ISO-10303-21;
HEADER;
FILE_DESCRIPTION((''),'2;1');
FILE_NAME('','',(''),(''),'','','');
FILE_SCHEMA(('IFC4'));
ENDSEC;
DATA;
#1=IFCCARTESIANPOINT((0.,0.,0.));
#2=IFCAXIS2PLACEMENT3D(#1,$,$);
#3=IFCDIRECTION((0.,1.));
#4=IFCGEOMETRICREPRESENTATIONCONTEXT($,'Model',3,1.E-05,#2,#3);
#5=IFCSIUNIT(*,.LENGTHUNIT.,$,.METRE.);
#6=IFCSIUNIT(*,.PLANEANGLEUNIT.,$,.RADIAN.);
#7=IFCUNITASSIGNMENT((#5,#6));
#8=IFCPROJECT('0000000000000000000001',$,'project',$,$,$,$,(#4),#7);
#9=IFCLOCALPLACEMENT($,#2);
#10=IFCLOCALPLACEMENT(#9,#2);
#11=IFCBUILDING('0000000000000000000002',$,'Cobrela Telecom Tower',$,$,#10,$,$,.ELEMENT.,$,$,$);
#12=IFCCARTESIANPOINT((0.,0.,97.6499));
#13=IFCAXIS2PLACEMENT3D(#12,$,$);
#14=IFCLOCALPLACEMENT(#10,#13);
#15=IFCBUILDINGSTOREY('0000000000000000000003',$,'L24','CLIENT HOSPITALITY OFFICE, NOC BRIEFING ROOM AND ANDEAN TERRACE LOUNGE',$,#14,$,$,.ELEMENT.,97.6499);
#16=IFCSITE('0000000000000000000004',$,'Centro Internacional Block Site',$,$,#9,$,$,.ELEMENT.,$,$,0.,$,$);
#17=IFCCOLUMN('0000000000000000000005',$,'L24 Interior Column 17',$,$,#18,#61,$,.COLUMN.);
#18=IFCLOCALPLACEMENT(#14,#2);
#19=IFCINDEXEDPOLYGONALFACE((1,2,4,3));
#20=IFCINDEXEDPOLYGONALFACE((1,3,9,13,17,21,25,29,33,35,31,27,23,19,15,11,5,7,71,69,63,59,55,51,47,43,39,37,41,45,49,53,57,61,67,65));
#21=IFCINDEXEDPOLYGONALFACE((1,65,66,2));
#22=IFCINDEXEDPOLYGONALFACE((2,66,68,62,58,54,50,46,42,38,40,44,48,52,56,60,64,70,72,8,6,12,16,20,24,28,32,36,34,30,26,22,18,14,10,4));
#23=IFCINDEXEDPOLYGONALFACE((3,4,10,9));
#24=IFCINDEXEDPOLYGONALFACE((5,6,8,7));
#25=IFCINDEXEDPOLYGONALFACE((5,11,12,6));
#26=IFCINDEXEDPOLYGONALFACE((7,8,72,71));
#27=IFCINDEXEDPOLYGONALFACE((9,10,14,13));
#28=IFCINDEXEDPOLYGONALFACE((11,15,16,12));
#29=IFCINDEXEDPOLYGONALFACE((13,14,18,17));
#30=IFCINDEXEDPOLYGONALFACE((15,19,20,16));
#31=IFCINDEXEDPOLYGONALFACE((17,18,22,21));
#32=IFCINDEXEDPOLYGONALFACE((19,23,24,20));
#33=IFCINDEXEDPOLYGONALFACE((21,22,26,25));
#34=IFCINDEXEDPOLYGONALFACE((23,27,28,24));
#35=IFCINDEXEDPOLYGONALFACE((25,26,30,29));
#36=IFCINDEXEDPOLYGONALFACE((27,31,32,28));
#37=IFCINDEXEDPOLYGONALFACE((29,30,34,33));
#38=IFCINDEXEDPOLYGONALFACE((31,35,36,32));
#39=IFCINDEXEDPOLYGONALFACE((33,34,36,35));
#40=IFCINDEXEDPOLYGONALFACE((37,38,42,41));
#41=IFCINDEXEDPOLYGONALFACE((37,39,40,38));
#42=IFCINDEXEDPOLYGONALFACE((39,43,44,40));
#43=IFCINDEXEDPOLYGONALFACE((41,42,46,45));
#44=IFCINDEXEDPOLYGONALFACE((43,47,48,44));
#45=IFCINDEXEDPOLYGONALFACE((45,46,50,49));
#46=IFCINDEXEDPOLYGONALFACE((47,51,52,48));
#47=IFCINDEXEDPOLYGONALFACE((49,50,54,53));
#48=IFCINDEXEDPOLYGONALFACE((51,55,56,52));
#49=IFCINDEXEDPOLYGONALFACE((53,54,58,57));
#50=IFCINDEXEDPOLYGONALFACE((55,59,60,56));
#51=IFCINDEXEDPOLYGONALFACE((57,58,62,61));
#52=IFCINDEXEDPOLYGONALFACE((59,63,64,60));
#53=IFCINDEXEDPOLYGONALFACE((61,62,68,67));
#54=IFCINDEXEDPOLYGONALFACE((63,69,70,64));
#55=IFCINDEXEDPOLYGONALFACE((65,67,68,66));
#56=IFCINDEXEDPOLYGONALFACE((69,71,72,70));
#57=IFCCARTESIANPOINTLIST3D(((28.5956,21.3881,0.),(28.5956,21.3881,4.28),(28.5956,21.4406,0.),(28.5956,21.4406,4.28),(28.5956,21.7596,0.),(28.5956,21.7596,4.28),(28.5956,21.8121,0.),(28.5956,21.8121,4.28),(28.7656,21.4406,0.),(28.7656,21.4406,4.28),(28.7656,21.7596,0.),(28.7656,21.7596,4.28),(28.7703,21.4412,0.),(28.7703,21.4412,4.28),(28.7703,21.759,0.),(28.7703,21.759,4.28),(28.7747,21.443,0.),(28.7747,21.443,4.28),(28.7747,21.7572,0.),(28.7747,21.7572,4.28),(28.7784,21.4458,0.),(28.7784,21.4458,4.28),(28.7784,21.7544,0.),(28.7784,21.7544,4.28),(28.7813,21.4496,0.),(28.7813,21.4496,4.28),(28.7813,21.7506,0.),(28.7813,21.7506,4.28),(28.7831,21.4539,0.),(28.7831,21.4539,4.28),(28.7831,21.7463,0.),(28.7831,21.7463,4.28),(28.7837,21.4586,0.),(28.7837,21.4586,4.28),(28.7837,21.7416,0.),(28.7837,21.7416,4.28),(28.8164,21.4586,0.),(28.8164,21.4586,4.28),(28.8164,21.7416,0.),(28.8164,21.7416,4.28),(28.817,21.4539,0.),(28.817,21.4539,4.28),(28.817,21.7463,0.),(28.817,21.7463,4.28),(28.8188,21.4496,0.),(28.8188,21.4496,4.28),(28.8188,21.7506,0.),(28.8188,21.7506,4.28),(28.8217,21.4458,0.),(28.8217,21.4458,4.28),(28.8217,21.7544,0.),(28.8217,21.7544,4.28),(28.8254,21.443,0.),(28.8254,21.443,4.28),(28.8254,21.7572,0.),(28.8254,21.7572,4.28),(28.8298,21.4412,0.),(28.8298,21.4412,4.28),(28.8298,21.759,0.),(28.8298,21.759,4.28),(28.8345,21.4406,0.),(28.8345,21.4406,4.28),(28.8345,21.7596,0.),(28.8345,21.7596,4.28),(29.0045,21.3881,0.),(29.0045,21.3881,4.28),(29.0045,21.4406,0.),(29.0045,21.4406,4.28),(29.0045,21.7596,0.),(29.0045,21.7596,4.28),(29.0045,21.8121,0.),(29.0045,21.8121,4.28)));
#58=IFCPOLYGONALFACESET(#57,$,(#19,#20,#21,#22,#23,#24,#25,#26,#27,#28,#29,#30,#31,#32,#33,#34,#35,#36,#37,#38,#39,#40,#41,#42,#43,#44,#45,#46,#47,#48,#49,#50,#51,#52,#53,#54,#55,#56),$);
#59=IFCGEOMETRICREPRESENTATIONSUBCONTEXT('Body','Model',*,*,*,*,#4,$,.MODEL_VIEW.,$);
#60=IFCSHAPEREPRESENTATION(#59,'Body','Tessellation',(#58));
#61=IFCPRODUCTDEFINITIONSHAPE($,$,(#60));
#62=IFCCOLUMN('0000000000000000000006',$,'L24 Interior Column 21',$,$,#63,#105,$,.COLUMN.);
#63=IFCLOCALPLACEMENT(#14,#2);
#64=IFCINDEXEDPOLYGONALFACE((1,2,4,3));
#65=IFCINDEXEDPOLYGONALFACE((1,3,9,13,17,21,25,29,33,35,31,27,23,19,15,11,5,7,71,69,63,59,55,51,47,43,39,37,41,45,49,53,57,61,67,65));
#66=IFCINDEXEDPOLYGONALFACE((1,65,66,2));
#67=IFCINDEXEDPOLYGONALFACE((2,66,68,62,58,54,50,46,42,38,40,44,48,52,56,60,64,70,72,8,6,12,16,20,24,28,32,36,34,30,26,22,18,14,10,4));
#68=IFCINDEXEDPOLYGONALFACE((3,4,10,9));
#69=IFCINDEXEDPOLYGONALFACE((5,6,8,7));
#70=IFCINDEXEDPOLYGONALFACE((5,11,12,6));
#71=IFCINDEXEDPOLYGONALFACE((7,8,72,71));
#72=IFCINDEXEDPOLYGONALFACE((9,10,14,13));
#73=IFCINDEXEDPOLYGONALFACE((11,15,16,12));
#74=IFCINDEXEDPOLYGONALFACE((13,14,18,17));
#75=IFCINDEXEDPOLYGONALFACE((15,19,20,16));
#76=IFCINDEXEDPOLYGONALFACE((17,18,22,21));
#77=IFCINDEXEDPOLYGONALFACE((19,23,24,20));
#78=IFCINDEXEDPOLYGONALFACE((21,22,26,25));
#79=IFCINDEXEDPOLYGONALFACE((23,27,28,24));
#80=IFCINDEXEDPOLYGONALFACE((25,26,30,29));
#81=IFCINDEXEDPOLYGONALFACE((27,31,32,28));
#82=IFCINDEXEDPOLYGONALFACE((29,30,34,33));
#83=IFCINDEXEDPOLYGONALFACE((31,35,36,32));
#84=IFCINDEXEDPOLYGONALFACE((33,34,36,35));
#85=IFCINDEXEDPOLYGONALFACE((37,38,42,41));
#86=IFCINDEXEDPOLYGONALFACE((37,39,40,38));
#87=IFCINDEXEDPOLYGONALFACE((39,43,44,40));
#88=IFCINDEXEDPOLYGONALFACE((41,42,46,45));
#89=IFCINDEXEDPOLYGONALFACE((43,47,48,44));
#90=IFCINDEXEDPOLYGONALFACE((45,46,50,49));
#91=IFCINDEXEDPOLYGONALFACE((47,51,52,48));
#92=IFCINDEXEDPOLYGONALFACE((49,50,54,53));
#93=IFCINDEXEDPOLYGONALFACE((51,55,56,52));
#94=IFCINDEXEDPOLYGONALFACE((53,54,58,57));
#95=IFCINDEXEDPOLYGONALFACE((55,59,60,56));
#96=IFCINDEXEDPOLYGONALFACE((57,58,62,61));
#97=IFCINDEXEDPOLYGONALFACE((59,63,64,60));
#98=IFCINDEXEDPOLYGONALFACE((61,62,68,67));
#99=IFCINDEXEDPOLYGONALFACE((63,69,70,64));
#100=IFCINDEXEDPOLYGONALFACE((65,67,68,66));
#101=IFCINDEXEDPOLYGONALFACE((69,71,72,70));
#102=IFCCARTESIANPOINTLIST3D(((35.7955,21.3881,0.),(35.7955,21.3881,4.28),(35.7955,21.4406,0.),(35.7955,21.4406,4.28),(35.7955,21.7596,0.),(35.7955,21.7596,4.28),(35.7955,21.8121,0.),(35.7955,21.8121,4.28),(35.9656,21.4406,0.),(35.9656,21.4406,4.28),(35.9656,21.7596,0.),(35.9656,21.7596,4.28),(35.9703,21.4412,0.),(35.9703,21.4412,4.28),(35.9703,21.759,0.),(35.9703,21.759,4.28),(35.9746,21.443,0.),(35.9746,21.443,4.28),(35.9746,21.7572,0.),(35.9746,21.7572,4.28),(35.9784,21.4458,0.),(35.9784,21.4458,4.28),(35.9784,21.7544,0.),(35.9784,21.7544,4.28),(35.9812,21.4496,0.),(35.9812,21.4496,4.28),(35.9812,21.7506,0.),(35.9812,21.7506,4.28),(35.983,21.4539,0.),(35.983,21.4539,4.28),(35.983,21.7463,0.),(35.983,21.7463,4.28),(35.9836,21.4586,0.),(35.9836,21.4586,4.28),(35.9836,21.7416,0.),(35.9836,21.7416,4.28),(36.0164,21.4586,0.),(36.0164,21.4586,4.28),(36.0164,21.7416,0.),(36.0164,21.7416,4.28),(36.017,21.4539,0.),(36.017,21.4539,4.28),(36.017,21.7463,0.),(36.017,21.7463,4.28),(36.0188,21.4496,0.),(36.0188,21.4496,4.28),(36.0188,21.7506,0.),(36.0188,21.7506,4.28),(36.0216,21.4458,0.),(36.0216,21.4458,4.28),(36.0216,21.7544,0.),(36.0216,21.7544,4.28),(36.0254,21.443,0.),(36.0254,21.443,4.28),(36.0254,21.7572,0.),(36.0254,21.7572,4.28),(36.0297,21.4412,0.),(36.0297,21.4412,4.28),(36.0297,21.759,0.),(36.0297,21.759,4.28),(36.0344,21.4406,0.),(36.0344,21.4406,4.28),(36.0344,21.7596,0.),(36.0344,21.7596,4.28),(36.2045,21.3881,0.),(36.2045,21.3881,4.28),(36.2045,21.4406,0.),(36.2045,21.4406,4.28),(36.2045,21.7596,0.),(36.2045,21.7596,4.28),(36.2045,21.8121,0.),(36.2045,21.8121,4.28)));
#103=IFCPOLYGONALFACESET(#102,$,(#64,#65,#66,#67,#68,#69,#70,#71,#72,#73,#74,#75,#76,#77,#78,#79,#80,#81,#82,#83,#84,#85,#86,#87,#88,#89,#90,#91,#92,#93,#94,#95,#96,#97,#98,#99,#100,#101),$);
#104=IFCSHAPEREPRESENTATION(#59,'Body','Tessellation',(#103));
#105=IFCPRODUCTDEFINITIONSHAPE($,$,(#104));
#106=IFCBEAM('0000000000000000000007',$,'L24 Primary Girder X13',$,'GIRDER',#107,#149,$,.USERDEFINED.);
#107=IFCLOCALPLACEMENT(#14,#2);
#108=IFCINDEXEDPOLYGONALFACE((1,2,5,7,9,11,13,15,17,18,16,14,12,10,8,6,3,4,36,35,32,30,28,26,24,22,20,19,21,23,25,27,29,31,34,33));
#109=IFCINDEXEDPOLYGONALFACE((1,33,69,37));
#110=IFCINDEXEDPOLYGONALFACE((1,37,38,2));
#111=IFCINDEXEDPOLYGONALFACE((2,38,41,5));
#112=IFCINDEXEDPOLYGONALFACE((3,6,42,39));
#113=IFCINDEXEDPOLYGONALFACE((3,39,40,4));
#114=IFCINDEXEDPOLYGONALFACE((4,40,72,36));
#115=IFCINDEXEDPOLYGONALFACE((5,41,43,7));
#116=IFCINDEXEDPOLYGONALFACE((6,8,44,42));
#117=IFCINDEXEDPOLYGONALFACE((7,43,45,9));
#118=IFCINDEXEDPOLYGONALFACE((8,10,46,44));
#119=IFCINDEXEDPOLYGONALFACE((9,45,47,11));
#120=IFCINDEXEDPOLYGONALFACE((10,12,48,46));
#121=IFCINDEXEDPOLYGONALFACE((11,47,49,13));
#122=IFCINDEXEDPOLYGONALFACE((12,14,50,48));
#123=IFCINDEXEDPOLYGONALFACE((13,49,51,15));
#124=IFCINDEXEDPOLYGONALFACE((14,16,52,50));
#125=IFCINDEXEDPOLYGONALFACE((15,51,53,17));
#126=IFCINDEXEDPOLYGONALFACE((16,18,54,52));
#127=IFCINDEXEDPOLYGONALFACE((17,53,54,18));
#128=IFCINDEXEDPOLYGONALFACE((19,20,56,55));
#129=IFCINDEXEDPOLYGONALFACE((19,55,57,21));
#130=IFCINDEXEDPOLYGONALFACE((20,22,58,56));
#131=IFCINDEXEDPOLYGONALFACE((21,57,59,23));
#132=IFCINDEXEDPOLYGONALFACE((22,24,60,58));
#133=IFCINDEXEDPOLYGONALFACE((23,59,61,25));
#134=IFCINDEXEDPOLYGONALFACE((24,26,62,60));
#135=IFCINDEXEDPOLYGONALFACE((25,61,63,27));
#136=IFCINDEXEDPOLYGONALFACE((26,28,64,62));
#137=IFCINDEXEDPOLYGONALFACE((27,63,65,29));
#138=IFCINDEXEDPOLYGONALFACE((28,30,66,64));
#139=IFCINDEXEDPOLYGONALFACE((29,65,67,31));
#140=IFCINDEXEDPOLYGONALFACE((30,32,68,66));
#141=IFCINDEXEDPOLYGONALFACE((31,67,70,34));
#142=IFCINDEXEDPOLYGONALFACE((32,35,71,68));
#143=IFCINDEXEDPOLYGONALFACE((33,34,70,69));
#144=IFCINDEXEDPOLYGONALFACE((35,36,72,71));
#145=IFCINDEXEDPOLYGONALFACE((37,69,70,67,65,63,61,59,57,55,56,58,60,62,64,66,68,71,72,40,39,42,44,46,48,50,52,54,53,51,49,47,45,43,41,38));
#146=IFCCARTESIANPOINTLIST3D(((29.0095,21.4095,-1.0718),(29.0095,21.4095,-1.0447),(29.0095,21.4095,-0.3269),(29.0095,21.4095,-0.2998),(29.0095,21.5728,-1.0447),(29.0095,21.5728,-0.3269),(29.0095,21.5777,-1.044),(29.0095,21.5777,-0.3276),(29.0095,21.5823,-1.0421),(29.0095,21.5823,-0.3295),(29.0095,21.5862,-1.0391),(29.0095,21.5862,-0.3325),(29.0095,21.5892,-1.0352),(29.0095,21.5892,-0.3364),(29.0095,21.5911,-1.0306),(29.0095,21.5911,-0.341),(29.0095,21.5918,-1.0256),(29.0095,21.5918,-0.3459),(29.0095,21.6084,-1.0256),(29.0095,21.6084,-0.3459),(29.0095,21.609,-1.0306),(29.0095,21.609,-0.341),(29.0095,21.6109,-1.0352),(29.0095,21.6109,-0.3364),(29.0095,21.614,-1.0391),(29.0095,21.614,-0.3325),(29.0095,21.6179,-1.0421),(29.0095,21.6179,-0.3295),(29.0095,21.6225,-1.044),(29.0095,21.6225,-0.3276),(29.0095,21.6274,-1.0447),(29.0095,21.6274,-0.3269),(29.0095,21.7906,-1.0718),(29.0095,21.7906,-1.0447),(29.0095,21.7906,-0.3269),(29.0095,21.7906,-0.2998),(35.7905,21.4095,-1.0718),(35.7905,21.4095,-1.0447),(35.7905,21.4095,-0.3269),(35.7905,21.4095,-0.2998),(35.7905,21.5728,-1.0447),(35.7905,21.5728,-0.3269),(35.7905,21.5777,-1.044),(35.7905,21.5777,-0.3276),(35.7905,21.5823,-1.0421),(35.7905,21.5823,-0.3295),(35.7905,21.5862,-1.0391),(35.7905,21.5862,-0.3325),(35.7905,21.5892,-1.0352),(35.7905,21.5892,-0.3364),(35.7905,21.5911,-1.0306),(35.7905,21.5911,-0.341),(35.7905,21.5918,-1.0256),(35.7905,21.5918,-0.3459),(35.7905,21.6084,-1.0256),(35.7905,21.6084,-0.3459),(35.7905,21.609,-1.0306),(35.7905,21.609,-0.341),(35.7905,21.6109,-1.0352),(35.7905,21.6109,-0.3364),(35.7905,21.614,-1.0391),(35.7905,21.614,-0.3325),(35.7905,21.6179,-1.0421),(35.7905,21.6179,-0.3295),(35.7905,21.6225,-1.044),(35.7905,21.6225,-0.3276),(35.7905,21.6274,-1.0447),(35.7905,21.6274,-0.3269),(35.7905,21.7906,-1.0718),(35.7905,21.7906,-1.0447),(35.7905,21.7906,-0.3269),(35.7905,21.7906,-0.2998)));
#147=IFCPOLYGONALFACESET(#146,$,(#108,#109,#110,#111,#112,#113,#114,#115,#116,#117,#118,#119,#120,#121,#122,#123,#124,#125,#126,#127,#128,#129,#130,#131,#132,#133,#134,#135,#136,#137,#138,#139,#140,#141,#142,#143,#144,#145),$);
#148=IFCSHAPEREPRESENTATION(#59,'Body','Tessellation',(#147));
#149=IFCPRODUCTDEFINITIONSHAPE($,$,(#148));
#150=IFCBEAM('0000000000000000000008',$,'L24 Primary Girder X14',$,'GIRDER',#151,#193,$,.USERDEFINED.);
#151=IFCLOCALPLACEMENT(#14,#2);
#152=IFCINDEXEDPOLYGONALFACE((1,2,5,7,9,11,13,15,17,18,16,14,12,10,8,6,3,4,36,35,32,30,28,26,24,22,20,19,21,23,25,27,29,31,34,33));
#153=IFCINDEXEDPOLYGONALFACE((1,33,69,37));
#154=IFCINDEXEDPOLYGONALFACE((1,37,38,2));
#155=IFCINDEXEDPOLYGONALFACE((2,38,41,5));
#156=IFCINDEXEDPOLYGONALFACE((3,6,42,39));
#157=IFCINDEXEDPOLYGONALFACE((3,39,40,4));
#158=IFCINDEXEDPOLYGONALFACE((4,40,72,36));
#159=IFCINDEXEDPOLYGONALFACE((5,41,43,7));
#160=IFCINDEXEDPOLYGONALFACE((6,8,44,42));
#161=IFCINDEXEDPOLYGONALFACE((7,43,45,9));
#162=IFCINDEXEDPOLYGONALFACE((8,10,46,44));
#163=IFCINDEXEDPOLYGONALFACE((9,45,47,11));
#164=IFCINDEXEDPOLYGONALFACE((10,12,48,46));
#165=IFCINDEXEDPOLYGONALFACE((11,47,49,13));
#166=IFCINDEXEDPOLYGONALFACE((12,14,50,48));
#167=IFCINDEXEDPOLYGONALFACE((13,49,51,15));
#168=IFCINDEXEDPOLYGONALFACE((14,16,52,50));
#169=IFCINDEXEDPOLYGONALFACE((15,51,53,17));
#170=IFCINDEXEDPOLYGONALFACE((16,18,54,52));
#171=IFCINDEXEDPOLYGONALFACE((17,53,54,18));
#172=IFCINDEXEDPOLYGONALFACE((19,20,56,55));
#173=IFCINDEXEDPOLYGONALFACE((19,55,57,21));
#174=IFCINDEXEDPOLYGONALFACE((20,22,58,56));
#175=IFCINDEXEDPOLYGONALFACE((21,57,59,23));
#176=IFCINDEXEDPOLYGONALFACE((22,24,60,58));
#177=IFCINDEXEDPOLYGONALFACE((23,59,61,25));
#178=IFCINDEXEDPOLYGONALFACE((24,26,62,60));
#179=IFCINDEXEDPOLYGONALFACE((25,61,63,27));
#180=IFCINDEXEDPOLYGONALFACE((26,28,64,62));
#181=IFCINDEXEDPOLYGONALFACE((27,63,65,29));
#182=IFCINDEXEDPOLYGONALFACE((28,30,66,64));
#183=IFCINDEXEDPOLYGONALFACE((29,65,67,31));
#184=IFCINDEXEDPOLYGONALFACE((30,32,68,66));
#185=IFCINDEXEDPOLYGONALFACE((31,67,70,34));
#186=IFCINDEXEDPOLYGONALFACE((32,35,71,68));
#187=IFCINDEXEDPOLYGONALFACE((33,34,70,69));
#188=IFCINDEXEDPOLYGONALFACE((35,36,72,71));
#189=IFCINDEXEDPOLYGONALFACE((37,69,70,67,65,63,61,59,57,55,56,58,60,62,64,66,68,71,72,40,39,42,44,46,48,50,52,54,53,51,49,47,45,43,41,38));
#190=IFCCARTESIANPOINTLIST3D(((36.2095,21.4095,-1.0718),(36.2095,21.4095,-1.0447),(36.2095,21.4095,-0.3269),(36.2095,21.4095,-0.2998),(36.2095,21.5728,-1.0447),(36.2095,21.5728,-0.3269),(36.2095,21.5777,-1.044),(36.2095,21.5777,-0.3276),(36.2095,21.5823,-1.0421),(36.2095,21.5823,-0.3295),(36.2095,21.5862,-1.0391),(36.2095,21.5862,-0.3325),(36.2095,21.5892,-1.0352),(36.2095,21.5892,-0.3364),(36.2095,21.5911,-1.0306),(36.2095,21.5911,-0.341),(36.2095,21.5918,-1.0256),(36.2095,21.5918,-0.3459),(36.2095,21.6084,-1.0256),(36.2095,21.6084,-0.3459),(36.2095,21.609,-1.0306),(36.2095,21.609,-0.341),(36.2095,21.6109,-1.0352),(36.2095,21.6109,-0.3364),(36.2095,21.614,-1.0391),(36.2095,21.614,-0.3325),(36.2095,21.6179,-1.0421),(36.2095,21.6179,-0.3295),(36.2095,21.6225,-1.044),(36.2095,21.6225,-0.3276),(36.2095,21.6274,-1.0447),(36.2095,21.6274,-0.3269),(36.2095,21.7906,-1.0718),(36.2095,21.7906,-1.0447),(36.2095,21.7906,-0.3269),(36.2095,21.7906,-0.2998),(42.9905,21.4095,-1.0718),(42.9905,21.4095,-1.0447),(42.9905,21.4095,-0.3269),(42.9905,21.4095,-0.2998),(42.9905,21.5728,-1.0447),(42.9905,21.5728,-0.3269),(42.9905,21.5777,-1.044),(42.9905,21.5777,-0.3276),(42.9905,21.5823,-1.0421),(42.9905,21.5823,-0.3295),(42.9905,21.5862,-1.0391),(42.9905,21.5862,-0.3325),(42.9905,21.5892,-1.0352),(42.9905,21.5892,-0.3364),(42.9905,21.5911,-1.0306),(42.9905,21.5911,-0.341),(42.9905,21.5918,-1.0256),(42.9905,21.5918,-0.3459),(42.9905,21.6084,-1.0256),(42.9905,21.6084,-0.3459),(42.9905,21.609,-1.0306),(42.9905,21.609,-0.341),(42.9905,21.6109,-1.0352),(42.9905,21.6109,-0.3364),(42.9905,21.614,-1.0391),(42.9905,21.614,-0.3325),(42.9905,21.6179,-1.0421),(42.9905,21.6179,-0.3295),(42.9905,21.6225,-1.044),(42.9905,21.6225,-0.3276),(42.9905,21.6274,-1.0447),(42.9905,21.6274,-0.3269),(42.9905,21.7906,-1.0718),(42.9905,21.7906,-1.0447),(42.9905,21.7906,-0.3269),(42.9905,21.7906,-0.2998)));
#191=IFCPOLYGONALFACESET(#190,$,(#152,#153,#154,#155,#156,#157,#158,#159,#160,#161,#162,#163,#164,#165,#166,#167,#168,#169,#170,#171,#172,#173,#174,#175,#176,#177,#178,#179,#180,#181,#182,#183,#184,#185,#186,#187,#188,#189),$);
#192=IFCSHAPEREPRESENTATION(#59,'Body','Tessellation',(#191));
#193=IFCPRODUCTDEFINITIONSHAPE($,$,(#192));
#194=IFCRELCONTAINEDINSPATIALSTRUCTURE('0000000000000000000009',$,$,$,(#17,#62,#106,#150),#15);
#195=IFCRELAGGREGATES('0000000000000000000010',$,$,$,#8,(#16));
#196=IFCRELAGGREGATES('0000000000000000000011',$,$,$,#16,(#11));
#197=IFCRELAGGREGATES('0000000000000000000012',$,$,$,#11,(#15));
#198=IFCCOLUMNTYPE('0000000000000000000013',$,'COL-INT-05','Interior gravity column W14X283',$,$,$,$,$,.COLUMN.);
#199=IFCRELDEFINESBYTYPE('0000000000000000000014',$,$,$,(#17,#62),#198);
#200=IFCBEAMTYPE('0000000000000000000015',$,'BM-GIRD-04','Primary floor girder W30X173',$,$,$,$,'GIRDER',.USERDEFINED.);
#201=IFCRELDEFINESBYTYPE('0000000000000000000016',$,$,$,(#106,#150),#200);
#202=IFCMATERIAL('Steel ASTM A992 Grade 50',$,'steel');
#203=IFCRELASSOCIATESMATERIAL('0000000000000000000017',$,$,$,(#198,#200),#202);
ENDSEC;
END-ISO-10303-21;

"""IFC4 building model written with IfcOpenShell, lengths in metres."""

from ifc_helpers import new_model, si_unit, direction, frame, origin, origin_2d, place, context, subcontext, project, spatial, i_section, extrude, material, material_profile, profile_set, type_object, element, save


model = new_model("IFC4")

# Units and contexts
model_context = context("Model", 3, precision=1e-05, world=origin(), true_north=direction((0.0, 1.0)))
body_context = subcontext(model_context, "Body", "Model", "MODEL_VIEW")
ifc_project = project(units=[si_unit("LENGTHUNIT", "METRE"), si_unit("PLANEANGLEUNIT", "RADIAN")], contexts=[model_context])

# Site, building, storey
site_placement = place(None, origin())
site = spatial("IfcSite", under=ifc_project, at=site_placement, Name="Centro Internacional Block Site", CompositionType="ELEMENT", RefElevation=0.0)
building_placement = place(site_placement, origin())
building = spatial("IfcBuilding", under=site, at=building_placement, Name="Cobrela Telecom Tower", CompositionType="ELEMENT")
storey_placement = place(building_placement, frame((0.0, 0.0, 97.6499)))
storey = spatial("IfcBuildingStorey", under=building, at=storey_placement, Name="L24", Description="CLIENT HOSPITALITY OFFICE, NOC BRIEFING ROOM AND ANDEAN TERRACE LOUNGE", CompositionType="ELEMENT", Elevation=97.6499)

# Columns
ifc_material_1 = material(Name="Steel ASTM A992 Grade 50", Category="steel")
ifc_material_profile_1 = material_profile(ifc_material_1, i_section(OverallWidth=0.4089, OverallDepth=0.4241, WebThickness=0.0327, FlangeThickness=0.0525, FilletRadius=0.0181, at=origin_2d()), Name="W14X283")
ifc_profile_set_1 = profile_set([ifc_material_profile_1], Name="Steel ASTM A992 Grade 50")
column_type = type_object("IfcColumnType", Name="COL-INT-05", Description="Interior gravity column W14X283", PredefinedType="COLUMN", material=ifc_profile_set_1)
for number, where, z_axis, x_axis, name in (
    (1, (28.8, 21.6001, 0.0), (0.0, 0.0, 1.0), (1.0, 0.0, 0.0), "L24 Interior Column 17"),
    (2, (36.0, 21.6001, 0.0), (0.0, 0.0, 1.0), (1.0, 0.0, 0.0), "L24 Interior Column 21"),
):
    element("IfcColumn", number, at=place(storey_placement, frame(where, z_axis=z_axis, x_axis=x_axis)), inside=storey, type_object=column_type, Name=name, PredefinedType="COLUMN", context=body_context, shape_type="SweptSolid", body=[
        extrude(i_section(OverallWidth=0.4089, OverallDepth=0.4241, WebThickness=0.0327, FlangeThickness=0.0525, FilletRadius=0.0181, at=origin_2d()), origin(), (0.0, 0.0, 1.0), 4.28),
    ])

# Beams
ifc_material_profile_2 = material_profile(ifc_material_1, i_section(OverallWidth=0.3811, OverallDepth=0.772, WebThickness=0.0166, FlangeThickness=0.0271, FilletRadius=0.019, at=origin_2d()), Name="W30X173")
ifc_profile_set_2 = profile_set([ifc_material_profile_2], Name="Steel ASTM A992 Grade 50")
beam_type_1 = type_object("IfcBeamType", Name="BM-GIRD-04", Description="Primary floor girder W30X173", ElementType="GIRDER", PredefinedType="USERDEFINED", material=ifc_profile_set_2)
for number, where, z_axis, x_axis, name in (
    (3, (29.0095, 21.6001, -0.6858), (1.0, 0.0, 0.0), (0.0, 1.0, 0.0), "L24 Primary Girder X13"),
    (4, (36.2095, 21.6001, -0.6858), (1.0, 0.0, 0.0), (0.0, 1.0, 0.0), "L24 Primary Girder X14"),
):
    element("IfcBeam", number, at=place(storey_placement, frame(where, z_axis=z_axis, x_axis=x_axis)), inside=storey, type_object=beam_type_1, Name=name, ObjectType="GIRDER", PredefinedType="USERDEFINED", context=body_context, shape_type="SweptSolid", body=[
        extrude(i_section(OverallWidth=0.3811, OverallDepth=0.772, WebThickness=0.0166, FlangeThickness=0.0271, FilletRadius=0.019, at=origin_2d()), origin(), (0.0, 0.0, 1.0), 6.781),
    ])

save(model, "model.ifc")
